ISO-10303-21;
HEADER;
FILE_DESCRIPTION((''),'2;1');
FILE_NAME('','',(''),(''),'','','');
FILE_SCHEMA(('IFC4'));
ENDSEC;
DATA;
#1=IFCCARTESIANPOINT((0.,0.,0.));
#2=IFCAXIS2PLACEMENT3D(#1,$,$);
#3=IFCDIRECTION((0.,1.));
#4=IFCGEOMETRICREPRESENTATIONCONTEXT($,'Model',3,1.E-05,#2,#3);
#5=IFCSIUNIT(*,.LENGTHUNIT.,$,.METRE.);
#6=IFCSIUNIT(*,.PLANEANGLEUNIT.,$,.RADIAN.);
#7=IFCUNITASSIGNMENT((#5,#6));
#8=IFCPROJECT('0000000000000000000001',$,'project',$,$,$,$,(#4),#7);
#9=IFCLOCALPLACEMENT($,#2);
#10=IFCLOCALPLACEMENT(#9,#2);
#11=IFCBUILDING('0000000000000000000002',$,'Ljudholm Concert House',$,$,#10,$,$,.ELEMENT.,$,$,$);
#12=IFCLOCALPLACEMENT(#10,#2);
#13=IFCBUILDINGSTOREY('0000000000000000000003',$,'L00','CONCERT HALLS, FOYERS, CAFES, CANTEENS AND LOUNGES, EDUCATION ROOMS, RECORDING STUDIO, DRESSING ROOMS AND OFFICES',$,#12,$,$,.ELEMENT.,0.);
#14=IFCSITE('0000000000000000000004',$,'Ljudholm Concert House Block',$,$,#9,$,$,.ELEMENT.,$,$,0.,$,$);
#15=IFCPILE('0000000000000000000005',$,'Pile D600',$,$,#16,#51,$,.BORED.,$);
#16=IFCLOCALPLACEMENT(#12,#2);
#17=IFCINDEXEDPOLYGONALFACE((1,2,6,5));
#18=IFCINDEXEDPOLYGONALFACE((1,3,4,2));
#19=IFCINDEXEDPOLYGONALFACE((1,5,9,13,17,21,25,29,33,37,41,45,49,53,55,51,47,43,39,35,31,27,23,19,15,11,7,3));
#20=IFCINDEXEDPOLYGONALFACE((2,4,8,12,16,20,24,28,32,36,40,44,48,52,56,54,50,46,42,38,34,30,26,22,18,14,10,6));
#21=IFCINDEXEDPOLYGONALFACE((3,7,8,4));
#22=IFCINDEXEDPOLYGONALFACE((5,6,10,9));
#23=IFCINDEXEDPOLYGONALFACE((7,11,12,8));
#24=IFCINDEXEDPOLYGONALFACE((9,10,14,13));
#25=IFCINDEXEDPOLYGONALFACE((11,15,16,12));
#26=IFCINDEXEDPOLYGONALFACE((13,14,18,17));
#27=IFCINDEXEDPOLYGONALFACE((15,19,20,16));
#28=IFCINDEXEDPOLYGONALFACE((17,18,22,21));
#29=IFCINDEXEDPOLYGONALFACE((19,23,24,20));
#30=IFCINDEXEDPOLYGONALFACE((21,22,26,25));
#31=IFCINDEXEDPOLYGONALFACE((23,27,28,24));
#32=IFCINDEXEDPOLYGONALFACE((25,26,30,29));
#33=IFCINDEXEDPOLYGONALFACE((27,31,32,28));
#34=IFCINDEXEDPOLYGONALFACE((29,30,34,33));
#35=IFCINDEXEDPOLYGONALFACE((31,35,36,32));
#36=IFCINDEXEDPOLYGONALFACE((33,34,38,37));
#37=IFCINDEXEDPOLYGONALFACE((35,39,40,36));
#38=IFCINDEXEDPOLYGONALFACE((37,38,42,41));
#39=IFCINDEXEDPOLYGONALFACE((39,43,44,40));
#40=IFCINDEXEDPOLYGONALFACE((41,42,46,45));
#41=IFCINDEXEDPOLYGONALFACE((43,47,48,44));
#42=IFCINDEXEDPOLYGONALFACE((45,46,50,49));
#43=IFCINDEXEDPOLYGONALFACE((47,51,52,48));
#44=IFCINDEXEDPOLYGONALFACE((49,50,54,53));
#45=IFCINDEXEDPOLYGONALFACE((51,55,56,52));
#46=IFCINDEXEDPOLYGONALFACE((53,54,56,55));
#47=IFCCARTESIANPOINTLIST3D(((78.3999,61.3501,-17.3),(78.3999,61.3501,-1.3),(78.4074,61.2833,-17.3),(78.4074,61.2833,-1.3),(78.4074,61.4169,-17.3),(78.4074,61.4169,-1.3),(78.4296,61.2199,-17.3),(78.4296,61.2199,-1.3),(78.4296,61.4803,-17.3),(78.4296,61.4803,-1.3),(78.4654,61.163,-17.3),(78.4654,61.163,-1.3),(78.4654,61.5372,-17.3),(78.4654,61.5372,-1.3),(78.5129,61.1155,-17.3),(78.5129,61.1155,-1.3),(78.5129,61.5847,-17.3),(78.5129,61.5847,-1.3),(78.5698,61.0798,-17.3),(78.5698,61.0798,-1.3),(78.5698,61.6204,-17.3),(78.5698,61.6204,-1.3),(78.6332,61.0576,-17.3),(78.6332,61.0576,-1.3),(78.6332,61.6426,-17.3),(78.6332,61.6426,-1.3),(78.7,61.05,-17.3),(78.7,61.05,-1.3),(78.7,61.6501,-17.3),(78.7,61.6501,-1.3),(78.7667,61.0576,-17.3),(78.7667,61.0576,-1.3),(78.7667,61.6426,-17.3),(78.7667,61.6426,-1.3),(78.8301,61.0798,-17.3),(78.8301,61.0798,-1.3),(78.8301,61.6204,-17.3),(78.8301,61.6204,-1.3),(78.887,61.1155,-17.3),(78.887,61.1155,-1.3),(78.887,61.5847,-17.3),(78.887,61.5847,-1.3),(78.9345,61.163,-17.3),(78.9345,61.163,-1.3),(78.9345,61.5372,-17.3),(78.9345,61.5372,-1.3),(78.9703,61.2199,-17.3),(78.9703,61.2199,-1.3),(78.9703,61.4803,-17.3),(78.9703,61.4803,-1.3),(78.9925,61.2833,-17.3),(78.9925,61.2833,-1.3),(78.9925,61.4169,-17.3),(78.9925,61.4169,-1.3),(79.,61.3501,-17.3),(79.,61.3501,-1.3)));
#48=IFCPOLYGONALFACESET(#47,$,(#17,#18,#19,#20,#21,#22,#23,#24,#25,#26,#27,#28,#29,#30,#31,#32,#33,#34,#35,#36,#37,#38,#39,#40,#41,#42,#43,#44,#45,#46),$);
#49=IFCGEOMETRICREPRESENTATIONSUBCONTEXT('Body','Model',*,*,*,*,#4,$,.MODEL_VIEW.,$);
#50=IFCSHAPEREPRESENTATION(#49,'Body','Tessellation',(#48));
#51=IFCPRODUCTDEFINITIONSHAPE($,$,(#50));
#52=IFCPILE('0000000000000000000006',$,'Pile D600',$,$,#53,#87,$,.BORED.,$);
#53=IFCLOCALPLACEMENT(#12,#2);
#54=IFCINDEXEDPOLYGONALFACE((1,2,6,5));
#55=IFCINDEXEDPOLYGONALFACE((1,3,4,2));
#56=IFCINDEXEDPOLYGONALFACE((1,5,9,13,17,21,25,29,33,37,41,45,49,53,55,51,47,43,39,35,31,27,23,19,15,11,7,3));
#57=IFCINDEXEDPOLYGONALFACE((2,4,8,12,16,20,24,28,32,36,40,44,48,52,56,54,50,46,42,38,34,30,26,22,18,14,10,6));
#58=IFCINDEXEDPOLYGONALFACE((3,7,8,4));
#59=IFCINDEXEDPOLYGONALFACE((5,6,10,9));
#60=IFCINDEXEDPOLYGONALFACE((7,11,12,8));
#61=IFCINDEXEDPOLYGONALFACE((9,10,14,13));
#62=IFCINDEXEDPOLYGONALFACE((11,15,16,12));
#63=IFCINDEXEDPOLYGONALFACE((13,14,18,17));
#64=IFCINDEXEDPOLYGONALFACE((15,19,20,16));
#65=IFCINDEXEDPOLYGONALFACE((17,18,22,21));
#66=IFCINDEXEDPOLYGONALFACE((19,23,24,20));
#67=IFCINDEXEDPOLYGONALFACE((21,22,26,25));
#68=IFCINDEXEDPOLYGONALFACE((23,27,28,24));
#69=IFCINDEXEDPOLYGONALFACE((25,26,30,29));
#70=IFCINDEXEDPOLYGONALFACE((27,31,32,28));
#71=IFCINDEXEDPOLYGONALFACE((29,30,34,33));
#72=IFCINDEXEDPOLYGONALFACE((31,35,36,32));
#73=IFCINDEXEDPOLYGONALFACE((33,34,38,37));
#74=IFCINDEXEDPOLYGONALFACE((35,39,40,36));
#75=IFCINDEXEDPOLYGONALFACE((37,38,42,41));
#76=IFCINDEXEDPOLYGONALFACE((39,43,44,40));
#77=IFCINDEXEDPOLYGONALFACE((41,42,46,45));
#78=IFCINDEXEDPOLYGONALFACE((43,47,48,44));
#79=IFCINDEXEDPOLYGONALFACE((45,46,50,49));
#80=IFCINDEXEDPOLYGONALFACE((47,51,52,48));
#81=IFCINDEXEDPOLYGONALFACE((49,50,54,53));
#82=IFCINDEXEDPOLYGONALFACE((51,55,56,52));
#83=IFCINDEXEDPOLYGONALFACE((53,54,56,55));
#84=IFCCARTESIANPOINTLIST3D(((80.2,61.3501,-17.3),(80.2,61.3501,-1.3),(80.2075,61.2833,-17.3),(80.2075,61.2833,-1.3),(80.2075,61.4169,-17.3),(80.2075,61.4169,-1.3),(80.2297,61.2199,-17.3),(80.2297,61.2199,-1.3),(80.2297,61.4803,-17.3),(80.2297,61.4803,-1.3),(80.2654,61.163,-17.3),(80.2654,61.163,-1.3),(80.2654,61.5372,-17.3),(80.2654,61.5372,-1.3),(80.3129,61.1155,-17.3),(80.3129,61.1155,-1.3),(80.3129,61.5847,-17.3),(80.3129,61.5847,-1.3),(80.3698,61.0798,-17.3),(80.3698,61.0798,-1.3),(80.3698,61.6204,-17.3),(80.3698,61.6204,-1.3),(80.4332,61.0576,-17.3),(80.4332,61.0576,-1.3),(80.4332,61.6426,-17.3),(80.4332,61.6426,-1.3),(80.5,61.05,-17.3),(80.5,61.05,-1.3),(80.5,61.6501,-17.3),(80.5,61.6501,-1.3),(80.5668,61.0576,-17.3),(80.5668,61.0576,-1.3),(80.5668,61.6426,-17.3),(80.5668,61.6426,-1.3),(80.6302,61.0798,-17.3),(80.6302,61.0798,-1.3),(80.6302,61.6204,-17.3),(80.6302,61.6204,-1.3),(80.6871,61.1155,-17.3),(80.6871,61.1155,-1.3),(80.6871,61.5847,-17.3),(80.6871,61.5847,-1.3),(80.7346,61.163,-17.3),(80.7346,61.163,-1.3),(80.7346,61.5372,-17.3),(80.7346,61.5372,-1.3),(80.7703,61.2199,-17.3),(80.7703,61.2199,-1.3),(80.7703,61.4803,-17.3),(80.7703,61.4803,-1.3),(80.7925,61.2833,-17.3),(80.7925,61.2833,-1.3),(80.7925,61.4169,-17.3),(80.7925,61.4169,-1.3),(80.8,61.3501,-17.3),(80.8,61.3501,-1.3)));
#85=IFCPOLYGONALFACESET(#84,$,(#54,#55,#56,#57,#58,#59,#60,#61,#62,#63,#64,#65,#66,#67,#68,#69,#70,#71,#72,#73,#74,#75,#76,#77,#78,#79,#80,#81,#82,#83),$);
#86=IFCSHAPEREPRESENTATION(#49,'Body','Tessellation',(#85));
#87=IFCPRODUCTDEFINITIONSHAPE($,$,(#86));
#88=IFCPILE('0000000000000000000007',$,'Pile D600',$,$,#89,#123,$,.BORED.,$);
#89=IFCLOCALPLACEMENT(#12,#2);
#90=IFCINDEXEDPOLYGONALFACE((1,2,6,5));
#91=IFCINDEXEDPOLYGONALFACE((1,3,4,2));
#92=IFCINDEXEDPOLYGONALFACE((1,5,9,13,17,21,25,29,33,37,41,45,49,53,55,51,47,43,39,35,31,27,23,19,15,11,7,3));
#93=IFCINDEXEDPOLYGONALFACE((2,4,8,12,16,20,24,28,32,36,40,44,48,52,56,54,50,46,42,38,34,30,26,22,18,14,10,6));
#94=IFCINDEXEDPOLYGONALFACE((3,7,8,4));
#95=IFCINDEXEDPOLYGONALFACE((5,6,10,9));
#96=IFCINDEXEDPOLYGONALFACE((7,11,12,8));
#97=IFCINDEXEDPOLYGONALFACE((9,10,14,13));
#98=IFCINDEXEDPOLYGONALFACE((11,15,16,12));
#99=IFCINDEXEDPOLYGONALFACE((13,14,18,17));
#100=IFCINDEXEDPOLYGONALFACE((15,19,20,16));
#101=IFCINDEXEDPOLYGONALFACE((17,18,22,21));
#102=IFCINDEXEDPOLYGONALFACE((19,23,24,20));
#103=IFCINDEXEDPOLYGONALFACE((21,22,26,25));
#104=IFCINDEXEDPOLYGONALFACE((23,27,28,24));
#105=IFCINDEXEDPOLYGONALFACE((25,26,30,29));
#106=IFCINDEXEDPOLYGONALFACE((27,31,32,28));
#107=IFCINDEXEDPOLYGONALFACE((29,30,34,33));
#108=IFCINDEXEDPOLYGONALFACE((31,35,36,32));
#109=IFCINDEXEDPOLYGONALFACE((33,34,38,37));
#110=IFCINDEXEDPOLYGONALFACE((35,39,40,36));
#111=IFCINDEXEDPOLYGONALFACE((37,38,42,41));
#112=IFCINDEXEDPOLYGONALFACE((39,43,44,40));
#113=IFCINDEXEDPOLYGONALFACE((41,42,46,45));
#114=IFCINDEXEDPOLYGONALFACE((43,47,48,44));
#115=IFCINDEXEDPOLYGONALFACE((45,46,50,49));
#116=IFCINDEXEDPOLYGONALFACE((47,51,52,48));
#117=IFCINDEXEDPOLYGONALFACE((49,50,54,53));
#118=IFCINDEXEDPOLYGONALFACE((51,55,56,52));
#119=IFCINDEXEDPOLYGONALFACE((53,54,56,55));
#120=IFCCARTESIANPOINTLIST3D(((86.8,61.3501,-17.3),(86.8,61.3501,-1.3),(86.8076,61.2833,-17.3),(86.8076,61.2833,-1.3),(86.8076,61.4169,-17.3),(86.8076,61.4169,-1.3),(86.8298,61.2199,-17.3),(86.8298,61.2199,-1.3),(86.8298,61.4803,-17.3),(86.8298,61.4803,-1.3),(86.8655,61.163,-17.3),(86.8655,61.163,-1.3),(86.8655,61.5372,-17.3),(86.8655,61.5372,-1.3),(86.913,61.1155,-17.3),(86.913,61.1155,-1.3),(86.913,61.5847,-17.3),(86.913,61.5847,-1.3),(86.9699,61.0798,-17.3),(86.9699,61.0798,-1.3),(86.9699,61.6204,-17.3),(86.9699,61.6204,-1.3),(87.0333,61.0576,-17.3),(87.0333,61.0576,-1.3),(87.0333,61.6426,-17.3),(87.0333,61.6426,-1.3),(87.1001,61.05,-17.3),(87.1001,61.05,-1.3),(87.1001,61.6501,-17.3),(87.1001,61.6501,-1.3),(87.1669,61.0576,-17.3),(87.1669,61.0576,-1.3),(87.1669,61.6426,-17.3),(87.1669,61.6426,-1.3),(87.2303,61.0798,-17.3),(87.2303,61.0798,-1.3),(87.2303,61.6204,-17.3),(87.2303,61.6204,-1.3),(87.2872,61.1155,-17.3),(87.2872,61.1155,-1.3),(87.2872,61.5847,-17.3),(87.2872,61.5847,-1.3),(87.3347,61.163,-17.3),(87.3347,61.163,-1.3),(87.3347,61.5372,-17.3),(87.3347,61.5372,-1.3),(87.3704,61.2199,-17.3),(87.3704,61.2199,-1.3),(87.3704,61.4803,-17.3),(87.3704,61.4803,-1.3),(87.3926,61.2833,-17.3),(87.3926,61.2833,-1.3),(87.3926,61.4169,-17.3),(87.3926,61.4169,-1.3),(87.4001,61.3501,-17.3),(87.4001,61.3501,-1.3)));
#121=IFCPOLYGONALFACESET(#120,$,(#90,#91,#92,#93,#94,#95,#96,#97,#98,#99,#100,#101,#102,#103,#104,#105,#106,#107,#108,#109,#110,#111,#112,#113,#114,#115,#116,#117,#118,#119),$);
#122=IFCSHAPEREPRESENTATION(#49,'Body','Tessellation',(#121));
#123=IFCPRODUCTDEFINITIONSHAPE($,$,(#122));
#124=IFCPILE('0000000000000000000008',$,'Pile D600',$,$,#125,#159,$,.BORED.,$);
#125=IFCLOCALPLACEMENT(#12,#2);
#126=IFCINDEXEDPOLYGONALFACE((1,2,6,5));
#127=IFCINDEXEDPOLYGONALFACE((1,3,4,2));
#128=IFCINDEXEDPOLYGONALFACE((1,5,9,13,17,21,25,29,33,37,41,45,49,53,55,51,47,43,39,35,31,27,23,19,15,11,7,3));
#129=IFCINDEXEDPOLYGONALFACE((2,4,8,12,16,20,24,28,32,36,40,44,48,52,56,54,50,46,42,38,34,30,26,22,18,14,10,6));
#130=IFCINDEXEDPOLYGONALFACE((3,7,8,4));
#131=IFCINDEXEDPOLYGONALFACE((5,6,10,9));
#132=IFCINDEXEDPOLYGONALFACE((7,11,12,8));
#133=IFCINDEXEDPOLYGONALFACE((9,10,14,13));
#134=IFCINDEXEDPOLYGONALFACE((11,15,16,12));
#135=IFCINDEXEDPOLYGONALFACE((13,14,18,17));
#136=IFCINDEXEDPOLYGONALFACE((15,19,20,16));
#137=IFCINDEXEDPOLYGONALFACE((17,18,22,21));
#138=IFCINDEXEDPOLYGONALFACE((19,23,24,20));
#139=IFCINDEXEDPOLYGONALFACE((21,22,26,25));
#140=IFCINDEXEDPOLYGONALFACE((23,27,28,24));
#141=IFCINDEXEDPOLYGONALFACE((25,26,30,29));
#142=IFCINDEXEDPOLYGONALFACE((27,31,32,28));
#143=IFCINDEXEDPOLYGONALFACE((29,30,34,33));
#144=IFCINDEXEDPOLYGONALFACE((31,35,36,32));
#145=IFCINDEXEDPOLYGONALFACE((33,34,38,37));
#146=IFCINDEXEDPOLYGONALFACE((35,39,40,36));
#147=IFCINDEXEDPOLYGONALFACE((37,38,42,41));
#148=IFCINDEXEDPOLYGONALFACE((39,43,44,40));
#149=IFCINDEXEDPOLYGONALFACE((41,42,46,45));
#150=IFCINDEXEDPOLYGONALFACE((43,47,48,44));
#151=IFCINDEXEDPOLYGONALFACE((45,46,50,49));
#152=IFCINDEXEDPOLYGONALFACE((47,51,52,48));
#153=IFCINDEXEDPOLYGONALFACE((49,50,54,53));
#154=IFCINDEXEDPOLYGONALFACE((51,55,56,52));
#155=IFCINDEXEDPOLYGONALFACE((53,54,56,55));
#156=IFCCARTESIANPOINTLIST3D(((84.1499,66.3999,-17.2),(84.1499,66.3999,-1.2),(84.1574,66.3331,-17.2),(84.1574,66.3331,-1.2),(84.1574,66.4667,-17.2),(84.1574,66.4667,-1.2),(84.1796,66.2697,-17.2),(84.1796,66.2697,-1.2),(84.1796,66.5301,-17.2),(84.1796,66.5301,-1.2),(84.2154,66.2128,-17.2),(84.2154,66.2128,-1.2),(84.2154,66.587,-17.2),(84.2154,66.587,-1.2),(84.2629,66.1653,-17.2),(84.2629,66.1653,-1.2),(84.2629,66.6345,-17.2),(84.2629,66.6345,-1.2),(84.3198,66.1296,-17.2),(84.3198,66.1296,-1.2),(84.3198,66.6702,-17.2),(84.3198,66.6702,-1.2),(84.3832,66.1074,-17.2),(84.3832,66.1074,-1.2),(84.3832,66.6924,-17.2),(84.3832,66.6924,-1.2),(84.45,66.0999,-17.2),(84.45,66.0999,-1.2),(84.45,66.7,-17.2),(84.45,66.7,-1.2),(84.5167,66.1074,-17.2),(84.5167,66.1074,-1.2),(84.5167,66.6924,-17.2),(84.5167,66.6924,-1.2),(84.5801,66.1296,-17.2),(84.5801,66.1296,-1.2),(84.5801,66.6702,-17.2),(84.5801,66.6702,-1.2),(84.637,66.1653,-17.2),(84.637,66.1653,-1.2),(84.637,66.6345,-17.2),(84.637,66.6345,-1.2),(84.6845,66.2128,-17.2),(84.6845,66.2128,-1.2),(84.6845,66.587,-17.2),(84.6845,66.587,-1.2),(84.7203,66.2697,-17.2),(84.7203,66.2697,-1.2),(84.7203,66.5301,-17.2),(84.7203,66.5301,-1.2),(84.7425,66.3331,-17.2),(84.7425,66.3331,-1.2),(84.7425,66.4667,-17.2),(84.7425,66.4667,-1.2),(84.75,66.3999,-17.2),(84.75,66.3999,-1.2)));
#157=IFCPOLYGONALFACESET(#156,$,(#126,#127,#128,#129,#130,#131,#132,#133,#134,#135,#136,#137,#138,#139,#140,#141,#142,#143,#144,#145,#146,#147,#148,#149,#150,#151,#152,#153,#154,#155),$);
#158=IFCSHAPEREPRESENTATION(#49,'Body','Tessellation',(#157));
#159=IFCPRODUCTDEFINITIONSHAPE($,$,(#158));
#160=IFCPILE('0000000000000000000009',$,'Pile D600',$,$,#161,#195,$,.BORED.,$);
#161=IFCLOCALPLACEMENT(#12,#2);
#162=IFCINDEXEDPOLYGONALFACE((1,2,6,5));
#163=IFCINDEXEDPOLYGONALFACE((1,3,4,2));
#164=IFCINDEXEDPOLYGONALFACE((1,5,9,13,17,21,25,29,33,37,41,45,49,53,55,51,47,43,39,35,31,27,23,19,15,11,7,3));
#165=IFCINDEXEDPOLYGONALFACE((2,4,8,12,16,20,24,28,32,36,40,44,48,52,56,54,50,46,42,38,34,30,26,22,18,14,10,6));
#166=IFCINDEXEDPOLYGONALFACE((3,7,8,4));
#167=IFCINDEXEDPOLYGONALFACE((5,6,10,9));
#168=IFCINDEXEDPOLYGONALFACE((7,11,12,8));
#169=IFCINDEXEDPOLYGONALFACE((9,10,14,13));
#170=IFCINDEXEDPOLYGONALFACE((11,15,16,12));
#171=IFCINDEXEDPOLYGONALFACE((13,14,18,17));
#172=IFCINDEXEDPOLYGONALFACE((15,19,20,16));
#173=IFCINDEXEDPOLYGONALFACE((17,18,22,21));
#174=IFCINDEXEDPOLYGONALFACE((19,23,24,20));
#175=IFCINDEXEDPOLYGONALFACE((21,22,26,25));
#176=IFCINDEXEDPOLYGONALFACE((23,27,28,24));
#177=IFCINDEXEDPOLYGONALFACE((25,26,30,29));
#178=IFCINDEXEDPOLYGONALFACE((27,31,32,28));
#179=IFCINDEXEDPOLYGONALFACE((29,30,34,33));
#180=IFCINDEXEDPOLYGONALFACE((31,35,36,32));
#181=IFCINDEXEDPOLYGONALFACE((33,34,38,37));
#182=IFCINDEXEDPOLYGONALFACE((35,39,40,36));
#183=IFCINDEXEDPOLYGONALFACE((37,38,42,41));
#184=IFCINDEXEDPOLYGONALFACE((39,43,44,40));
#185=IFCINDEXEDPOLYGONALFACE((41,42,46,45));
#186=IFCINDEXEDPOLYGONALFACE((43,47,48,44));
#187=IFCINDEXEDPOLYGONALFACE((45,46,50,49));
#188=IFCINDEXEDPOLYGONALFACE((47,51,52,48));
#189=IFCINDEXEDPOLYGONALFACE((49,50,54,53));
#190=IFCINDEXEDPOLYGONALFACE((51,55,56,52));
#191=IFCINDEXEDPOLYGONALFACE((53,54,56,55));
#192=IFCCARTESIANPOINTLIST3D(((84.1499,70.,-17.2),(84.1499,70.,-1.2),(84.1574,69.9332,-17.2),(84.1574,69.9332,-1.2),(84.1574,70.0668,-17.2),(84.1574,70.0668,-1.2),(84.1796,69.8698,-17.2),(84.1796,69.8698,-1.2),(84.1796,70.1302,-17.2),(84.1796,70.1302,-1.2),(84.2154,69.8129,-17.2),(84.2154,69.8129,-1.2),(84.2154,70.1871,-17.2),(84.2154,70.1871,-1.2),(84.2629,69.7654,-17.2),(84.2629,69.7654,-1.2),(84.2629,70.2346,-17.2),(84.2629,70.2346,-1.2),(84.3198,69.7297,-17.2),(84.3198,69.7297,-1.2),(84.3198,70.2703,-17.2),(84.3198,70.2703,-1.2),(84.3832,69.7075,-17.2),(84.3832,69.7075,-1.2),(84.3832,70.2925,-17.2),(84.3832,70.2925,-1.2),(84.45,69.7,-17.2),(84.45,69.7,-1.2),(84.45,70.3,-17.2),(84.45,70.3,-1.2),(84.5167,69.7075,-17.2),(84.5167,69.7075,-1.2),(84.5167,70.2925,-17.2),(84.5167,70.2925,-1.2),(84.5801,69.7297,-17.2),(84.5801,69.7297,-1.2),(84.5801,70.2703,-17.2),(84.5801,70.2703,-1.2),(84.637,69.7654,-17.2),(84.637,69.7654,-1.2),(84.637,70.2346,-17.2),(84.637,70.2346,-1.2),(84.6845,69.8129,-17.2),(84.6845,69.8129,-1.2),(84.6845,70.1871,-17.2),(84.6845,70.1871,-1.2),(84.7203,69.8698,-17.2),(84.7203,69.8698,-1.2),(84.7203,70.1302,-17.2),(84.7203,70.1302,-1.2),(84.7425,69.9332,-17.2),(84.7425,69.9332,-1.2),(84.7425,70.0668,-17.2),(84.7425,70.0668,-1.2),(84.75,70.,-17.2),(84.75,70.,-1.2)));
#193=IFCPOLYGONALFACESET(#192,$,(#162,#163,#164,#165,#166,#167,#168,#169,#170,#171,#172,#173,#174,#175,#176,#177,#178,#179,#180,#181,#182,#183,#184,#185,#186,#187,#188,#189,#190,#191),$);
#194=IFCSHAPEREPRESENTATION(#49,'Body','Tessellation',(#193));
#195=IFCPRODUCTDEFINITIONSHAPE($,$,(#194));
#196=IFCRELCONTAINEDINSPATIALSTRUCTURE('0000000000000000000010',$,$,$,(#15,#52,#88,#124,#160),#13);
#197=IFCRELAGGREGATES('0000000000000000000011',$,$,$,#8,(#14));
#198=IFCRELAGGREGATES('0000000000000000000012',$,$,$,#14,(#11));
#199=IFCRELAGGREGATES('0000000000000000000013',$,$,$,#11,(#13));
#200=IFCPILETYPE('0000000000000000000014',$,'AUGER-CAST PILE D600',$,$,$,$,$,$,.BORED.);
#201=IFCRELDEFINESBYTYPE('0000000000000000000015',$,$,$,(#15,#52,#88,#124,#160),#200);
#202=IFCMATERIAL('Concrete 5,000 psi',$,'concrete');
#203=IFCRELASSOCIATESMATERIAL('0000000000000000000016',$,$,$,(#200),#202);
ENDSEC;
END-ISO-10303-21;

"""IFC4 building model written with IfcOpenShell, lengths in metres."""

from ifc_helpers import new_model, si_unit, direction, frame, origin, origin_2d, place, context, subcontext, project, spatial, circle, extrude, material, material_profile, profile_set, type_object, element, save


model = new_model("IFC4")

# Units and contexts
model_context = context("Model", 3, precision=1e-05, world=origin(), true_north=direction((0.0, 1.0)))
body_context = subcontext(model_context, "Body", "Model", "MODEL_VIEW")
ifc_project = project(units=[si_unit("LENGTHUNIT", "METRE"), si_unit("PLANEANGLEUNIT", "RADIAN")], contexts=[model_context])

# Site, building, storey
site_placement = place(None, origin())
site = spatial("IfcSite", under=ifc_project, at=site_placement, Name="Ljudholm Concert House Block", CompositionType="ELEMENT", RefElevation=0.0)
building_placement = place(site_placement, origin())
building = spatial("IfcBuilding", under=site, at=building_placement, Name="Ljudholm Concert House", CompositionType="ELEMENT")
storey_placement = place(building_placement, origin())
storey = spatial("IfcBuildingStorey", under=building, at=storey_placement, Name="L00", Description="CONCERT HALLS, FOYERS, CAFES, CANTEENS AND LOUNGES, EDUCATION ROOMS, RECORDING STUDIO, DRESSING ROOMS AND OFFICES", CompositionType="ELEMENT", Elevation=0.0)

# Piles
ifc_material_1 = material(Name="Concrete 5,000 psi", Category="concrete")
ifc_material_profile = material_profile(ifc_material_1, circle(Radius=0.3, at=origin_2d()), Name="AUGER-CAST PILE D600")
ifc_profile_set = profile_set([ifc_material_profile], Name="Concrete 5,000 psi")
pile_type = type_object("IfcPileType", Name="AUGER-CAST PILE D600", PredefinedType="BORED", material=ifc_profile_set)
for number, where, z_axis, x_axis, name in (
    (1, (78.7, 61.3501, -1.3), (0.0, 0.0, -1.0), (1.0, 0.0, 0.0), "Pile D600"),
    (2, (80.5, 61.3501, -1.3), (0.0, 0.0, -1.0), (1.0, 0.0, 0.0), "Pile D600"),
    (3, (87.1001, 61.3501, -1.3), (0.0, 0.0, -1.0), (1.0, 0.0, 0.0), "Pile D600"),
    (4, (84.45, 66.3999, -1.2), (0.0, 0.0, -1.0), (1.0, 0.0, 0.0), "Pile D600"),
    (5, (84.45, 70.0, -1.2), (0.0, 0.0, -1.0), (1.0, 0.0, 0.0), "Pile D600"),
):
    element("IfcPile", number, at=place(storey_placement, frame(where, z_axis=z_axis, x_axis=x_axis)), inside=storey, type_object=pile_type, Name=name, PredefinedType="BORED", context=body_context, shape_type="SweptSolid", body=[
        extrude(circle(Radius=0.3, at=origin_2d()), origin(), (0.0, 0.0, 1.0), 16.0),
    ])

save(model, "model.ifc")
